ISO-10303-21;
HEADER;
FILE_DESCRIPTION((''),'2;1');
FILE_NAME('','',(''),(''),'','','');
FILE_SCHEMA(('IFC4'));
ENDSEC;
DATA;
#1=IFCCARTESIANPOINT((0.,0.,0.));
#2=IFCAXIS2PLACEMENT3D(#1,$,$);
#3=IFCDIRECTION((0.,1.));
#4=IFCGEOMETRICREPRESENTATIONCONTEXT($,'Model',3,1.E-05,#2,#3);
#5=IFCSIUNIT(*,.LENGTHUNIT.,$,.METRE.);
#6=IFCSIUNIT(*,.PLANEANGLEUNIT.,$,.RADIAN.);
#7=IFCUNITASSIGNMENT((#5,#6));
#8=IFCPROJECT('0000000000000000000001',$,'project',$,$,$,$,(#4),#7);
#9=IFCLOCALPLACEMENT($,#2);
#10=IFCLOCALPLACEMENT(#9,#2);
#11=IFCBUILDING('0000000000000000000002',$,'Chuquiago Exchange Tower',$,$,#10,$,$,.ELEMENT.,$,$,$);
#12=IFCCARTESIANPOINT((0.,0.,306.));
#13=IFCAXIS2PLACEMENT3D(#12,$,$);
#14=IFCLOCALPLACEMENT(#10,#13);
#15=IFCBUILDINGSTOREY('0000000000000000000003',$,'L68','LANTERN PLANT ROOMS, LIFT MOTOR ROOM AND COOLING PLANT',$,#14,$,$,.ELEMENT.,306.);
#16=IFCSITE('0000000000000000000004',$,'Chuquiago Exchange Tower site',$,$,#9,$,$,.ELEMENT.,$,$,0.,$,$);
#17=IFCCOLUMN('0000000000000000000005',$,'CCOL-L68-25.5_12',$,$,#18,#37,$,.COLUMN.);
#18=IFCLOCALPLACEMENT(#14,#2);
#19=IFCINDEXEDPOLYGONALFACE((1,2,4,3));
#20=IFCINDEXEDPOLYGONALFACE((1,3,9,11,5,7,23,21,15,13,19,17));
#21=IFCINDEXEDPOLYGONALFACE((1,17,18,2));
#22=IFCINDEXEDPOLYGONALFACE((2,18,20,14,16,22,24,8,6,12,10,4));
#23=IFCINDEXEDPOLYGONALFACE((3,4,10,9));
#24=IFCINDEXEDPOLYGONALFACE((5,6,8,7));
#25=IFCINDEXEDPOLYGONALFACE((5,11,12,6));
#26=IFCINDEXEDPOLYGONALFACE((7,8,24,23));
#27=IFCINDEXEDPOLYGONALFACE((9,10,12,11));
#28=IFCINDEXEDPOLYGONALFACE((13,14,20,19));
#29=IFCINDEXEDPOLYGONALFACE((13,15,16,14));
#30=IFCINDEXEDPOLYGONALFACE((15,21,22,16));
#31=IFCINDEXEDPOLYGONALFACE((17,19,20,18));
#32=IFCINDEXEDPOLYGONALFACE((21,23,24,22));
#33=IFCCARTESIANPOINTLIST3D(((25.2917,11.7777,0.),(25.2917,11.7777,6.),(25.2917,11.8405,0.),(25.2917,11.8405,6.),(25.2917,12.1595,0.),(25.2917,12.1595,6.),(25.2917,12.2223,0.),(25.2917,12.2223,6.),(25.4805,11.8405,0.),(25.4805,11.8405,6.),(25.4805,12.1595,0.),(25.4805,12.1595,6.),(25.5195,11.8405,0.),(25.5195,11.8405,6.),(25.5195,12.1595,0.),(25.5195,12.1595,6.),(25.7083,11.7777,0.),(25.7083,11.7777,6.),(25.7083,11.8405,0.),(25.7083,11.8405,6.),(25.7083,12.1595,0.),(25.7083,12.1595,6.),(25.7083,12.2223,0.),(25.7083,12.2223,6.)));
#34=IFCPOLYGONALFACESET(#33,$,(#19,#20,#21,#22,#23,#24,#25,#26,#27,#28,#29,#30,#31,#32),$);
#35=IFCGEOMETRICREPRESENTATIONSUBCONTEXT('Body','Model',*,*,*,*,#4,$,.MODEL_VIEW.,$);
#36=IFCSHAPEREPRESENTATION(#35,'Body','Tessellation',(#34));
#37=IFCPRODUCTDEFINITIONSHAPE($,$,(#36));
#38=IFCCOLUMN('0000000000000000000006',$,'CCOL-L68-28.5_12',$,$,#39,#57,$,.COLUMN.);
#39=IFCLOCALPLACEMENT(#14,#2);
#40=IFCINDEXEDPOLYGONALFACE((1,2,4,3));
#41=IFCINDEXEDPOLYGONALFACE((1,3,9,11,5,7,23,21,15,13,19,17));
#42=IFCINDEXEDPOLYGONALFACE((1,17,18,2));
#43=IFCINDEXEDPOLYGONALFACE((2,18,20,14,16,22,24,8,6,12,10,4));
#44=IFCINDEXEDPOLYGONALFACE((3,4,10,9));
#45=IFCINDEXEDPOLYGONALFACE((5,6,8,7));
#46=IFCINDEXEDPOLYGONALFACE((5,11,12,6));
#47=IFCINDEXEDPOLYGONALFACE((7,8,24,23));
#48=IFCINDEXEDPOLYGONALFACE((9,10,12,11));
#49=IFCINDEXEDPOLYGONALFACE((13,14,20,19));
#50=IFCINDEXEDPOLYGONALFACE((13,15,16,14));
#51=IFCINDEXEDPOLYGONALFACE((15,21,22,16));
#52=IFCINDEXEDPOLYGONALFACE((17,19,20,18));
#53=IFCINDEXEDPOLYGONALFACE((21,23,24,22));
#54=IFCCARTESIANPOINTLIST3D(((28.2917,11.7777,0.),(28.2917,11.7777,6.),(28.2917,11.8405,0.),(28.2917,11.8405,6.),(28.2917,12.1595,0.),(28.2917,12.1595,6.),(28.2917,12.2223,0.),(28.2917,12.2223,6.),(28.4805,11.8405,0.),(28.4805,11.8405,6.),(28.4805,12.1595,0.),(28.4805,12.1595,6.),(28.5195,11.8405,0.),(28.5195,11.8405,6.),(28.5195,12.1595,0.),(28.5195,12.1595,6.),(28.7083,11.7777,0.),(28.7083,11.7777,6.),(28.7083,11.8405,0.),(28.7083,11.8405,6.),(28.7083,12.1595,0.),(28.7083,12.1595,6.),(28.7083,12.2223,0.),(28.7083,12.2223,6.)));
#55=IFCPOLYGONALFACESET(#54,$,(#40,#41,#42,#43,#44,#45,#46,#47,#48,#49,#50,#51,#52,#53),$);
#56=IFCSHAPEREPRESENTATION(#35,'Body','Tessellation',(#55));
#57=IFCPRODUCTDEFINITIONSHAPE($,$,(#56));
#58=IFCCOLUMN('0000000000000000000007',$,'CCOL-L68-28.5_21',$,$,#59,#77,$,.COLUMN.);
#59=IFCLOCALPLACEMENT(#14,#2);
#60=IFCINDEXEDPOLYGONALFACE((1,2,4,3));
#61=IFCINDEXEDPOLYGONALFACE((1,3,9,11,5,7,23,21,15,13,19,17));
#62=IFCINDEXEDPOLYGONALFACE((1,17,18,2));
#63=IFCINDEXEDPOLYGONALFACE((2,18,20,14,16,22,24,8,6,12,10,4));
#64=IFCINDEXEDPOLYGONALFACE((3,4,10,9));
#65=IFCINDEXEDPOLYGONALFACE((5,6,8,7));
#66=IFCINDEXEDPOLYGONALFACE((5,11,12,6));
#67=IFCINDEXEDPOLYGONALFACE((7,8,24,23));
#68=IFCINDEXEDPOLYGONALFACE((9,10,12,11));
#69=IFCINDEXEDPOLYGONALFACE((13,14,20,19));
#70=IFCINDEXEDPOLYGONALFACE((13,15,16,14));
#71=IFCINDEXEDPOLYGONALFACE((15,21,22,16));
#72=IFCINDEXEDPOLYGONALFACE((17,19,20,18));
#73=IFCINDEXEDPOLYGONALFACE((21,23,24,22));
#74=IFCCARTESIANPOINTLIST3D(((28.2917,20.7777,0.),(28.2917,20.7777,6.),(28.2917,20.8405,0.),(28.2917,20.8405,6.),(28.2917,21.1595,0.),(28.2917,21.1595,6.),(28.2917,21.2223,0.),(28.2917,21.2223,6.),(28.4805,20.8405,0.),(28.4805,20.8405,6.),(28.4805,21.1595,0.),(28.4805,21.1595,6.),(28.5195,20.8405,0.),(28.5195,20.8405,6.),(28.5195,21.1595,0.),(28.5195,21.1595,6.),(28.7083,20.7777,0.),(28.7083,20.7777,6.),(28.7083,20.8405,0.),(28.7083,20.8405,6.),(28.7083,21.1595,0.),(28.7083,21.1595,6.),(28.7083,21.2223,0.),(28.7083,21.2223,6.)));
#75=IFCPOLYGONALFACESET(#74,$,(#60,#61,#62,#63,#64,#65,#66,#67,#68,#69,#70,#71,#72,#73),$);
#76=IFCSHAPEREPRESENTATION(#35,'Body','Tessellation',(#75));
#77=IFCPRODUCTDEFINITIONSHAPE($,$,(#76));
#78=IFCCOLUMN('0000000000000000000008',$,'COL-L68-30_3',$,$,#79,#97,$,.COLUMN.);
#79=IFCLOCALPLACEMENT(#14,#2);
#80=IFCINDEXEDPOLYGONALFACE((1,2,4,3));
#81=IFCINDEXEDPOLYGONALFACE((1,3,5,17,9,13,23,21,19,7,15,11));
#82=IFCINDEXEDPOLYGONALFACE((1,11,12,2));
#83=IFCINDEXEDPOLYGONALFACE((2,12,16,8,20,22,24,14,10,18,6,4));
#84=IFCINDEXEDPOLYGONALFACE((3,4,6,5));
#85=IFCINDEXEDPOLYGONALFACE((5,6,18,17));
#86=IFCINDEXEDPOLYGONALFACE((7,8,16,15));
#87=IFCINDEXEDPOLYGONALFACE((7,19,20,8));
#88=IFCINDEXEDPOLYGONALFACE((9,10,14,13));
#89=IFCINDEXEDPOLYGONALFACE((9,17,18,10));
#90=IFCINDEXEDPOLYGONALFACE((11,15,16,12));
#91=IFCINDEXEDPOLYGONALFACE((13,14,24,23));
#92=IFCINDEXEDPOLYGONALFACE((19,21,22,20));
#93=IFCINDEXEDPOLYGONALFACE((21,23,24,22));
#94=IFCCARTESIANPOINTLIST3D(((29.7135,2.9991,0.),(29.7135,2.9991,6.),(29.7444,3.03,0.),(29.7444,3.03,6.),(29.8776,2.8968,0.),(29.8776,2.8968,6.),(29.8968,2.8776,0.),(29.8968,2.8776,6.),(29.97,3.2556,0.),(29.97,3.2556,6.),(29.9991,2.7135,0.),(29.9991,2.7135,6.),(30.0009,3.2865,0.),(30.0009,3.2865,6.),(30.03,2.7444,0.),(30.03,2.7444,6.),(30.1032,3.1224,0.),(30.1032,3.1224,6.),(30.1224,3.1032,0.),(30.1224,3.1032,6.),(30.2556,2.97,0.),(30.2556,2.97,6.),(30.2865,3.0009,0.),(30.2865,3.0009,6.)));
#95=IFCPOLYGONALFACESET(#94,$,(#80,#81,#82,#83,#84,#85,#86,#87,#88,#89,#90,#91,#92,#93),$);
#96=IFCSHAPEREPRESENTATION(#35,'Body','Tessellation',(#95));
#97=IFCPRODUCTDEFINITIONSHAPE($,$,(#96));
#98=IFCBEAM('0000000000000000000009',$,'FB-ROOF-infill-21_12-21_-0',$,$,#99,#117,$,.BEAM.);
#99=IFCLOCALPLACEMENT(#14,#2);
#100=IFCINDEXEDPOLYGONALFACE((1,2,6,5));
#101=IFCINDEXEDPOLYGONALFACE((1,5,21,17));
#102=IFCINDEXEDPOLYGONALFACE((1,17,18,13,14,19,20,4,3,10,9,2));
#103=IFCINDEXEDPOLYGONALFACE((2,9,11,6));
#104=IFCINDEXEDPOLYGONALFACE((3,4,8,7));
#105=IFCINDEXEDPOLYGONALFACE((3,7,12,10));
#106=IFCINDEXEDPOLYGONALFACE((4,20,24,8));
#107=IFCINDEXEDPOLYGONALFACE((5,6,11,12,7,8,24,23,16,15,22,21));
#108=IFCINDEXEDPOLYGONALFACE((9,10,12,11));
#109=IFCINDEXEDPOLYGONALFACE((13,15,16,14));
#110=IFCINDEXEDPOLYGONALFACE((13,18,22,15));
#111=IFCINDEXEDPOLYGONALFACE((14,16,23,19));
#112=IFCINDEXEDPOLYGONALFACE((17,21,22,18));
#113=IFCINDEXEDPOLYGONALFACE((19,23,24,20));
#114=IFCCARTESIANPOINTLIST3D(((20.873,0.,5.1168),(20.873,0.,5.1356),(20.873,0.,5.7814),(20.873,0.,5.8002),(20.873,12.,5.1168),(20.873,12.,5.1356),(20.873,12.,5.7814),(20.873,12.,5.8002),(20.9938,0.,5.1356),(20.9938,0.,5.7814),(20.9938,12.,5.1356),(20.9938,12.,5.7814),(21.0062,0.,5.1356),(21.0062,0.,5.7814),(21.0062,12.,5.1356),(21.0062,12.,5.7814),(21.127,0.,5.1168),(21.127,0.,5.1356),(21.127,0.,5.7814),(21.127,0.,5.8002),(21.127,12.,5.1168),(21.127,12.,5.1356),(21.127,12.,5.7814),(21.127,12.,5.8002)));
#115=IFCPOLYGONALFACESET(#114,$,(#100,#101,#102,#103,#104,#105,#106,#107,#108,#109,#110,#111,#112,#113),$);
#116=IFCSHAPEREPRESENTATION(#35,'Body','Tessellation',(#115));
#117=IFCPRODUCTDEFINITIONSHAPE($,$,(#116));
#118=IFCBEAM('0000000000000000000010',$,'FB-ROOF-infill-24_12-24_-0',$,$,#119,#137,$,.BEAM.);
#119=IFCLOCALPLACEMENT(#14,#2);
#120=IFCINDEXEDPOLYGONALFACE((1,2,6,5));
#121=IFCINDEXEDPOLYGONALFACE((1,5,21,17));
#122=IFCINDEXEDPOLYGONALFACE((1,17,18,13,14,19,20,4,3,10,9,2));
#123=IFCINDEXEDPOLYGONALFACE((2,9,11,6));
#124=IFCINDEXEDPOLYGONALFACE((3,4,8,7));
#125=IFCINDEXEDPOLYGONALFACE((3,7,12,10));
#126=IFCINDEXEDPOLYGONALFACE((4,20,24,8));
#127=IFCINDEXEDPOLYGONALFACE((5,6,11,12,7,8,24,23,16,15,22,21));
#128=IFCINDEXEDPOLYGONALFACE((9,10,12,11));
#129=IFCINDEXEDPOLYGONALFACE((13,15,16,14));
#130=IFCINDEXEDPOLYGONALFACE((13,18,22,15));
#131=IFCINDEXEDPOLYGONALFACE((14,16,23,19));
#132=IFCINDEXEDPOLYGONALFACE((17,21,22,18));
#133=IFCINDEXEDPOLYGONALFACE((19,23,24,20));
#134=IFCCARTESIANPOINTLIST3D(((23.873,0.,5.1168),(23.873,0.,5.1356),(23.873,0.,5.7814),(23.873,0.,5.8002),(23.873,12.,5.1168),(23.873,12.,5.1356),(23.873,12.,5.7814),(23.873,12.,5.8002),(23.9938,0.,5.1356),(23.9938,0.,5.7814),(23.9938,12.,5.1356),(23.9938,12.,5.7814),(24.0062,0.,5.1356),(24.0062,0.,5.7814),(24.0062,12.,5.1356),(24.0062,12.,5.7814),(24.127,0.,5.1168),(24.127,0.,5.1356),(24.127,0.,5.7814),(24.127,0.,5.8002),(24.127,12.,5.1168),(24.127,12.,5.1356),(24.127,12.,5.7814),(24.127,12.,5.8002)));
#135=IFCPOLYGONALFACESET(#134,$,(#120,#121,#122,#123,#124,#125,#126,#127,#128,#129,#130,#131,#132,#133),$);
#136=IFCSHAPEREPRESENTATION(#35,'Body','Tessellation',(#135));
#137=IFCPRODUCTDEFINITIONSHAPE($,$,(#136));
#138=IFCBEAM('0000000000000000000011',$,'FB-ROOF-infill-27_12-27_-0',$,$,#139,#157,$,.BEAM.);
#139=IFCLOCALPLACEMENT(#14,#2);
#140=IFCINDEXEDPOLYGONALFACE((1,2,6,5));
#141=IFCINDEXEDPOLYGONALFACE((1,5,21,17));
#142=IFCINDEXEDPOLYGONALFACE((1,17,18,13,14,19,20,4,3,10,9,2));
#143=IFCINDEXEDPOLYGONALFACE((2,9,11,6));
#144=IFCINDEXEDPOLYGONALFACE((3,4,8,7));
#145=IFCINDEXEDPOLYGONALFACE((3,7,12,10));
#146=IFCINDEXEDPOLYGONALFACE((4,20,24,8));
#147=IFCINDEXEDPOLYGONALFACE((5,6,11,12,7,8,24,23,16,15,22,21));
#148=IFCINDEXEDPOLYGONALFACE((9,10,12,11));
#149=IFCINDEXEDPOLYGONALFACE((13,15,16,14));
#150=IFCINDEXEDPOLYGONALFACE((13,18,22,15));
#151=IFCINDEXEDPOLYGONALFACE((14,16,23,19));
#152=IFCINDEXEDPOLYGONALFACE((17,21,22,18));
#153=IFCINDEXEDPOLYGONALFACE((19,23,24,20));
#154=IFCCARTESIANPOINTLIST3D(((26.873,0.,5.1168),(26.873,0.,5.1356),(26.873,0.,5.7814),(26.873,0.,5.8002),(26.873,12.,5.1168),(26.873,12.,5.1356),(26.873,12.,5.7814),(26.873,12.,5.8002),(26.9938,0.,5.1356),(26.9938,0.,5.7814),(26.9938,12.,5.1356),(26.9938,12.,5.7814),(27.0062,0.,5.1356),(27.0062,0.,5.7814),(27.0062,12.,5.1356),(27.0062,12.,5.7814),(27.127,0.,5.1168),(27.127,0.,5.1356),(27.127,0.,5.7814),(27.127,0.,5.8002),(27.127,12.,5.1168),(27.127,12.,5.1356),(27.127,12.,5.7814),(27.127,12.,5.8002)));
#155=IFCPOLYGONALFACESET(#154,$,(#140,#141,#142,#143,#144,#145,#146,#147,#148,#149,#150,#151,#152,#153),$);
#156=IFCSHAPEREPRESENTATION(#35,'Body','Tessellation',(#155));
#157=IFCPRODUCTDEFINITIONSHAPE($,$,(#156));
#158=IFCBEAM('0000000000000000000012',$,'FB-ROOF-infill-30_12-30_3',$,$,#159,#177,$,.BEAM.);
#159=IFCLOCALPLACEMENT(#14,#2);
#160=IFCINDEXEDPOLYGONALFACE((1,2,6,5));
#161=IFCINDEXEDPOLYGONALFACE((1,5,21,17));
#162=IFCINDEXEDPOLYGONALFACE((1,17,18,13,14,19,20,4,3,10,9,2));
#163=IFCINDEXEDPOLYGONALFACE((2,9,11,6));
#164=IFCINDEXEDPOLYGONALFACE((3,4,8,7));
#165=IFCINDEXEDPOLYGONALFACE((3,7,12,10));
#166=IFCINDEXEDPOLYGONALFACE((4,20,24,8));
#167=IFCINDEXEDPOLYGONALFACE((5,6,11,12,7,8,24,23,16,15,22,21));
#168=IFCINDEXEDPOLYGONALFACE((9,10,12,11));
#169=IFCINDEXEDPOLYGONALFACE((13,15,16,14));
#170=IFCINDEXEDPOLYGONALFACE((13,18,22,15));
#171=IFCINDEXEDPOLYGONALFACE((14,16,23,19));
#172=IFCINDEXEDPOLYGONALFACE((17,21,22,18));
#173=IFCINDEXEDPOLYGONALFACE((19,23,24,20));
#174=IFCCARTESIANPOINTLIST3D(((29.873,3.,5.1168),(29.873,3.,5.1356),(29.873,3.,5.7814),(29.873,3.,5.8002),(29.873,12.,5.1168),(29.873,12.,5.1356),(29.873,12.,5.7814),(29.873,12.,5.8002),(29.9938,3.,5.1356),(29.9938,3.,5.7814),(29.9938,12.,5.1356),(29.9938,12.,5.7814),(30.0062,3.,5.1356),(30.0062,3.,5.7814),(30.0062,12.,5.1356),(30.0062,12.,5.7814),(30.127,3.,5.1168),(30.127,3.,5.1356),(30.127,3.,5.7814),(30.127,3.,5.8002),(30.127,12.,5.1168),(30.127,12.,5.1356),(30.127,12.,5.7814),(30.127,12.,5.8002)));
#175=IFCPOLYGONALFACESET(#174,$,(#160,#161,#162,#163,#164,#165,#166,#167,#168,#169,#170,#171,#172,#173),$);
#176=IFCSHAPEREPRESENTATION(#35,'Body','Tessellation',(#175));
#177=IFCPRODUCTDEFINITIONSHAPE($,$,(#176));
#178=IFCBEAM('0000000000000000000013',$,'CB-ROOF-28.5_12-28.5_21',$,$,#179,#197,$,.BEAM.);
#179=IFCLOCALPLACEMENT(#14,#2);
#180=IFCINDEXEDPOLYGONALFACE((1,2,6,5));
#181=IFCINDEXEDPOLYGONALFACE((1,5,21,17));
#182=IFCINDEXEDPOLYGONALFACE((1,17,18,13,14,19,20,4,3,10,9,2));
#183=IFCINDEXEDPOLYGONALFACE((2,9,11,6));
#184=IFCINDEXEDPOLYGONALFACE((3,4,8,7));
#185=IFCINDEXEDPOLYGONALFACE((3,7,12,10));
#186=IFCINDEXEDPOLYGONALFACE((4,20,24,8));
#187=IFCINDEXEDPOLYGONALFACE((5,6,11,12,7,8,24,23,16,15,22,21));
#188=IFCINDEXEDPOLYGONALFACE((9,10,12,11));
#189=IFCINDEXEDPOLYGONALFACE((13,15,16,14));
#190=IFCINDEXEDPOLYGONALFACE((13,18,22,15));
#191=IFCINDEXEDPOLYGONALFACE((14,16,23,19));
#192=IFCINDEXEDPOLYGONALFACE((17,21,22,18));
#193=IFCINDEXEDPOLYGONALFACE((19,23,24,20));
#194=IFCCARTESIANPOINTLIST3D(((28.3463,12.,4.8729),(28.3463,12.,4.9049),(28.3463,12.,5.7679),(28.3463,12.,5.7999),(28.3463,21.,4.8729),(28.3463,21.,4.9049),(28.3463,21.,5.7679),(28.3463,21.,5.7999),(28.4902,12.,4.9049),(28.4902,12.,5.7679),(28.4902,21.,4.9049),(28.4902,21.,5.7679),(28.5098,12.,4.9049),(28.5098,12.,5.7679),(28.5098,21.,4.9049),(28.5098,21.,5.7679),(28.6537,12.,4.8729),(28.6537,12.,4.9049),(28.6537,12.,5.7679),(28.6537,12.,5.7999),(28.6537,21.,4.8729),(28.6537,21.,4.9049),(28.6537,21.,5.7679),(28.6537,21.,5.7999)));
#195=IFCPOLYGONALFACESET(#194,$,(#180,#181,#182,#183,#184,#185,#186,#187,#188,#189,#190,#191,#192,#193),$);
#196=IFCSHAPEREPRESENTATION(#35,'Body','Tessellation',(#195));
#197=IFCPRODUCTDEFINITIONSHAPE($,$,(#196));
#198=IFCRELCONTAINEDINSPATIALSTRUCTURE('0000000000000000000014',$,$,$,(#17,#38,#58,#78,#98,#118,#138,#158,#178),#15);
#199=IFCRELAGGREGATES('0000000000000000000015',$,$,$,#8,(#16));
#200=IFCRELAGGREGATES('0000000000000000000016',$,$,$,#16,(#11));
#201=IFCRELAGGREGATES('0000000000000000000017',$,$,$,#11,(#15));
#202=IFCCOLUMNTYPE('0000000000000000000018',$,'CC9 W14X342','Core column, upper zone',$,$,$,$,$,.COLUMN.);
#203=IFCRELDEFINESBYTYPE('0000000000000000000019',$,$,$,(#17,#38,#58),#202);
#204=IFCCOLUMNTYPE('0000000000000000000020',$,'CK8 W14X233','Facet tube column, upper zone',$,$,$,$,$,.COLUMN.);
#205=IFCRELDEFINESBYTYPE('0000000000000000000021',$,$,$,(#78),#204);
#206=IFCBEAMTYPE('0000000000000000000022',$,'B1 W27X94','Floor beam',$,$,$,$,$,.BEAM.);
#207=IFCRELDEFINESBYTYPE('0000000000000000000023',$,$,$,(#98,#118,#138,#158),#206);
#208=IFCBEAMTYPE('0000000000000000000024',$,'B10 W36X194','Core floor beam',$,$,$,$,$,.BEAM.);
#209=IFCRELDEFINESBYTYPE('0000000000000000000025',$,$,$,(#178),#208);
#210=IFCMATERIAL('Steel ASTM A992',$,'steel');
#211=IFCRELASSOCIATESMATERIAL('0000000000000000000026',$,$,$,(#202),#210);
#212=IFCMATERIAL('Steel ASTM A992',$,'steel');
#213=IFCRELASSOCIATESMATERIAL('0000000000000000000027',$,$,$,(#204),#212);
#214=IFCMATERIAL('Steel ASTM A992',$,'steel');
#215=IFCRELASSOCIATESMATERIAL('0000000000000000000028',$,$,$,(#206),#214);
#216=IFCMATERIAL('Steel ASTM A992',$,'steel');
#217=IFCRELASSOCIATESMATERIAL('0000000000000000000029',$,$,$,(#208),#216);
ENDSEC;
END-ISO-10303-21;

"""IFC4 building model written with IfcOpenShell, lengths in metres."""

from ifc_helpers import new_model, si_unit, direction, frame, origin, origin_2d, place, context, subcontext, project, spatial, i_section, extrude, material, material_profile, profile_set, type_object, element, save


model = new_model("IFC4")

# Units and contexts
model_context = context("Model", 3, precision=1e-05, world=origin(), true_north=direction((0.0, 1.0)))
body_context = subcontext(model_context, "Body", "Model", "MODEL_VIEW")
ifc_project = project(units=[si_unit("LENGTHUNIT", "METRE"), si_unit("PLANEANGLEUNIT", "RADIAN")], contexts=[model_context])

# Site, building, storey
site_placement = place(None, origin())
site = spatial("IfcSite", under=ifc_project, at=site_placement, Name="Chuquiago Exchange Tower site", CompositionType="ELEMENT", RefElevation=0.0)
building_placement = place(site_placement, origin())
building = spatial("IfcBuilding", under=site, at=building_placement, Name="Chuquiago Exchange Tower", CompositionType="ELEMENT")
storey_placement = place(building_placement, frame((0.0, 0.0, 306.0)))
storey = spatial("IfcBuildingStorey", under=building, at=storey_placement, Name="L68", Description="LANTERN PLANT ROOMS, LIFT MOTOR ROOM AND COOLING PLANT", CompositionType="ELEMENT", Elevation=306.0)

# Columns
ifc_material_1 = material(Name="Steel ASTM A992", Category="steel")
ifc_material_profile_1 = material_profile(ifc_material_1, i_section(OverallWidth=0.4165, OverallDepth=0.4446, WebThickness=0.0391, FlangeThickness=0.0627, at=origin_2d()), Name="W14X342")
ifc_profile_set_1 = profile_set([ifc_material_profile_1], Name="Steel ASTM A992")
column_type_1 = type_object("IfcColumnType", Name="CC9 W14X342", Description="Core column, upper zone", PredefinedType="COLUMN", material=ifc_profile_set_1)
for number, where, z_axis, x_axis, name in (
    (1, (25.5, 12.0, 0.0), (0.0, 0.0, 1.0), (1.0, 0.0, 0.0), "CCOL-L68-25.5_12"),
    (2, (28.5, 12.0, 0.0), (0.0, 0.0, 1.0), (1.0, 0.0, 0.0), "CCOL-L68-28.5_12"),
    (3, (28.5, 21.0, 0.0), (0.0, 0.0, 1.0), (1.0, 0.0, 0.0), "CCOL-L68-28.5_21"),
):
    element("IfcColumn", number, at=place(storey_placement, frame(where, z_axis=z_axis, x_axis=x_axis)), inside=storey, type_object=column_type_1, Name=name, PredefinedType="COLUMN", context=body_context, shape_type="SweptSolid", body=[
        extrude(i_section(OverallWidth=0.4165, OverallDepth=0.4446, WebThickness=0.0391, FlangeThickness=0.0627, at=origin_2d()), origin(), (0.0, 0.0, 1.0), 6.0),
    ])
ifc_material_2 = material(Name="Steel ASTM A992", Category="steel")
ifc_material_profile_2 = material_profile(ifc_material_2, i_section(OverallWidth=0.4038, OverallDepth=0.4065, WebThickness=0.0271, FlangeThickness=0.0437, at=origin_2d()), Name="W14X233")
ifc_profile_set_2 = profile_set([ifc_material_profile_2], Name="Steel ASTM A992")
column_type_2 = type_object("IfcColumnType", Name="CK8 W14X233", Description="Facet tube column, upper zone", PredefinedType="COLUMN", material=ifc_profile_set_2)
column_placement = place(storey_placement, frame((30.0, 3.0, 0.0), z_axis=(0.0, 0.0, 1.0), x_axis=(0.707107, -0.707107, 0.0)))
element("IfcColumn", 4, at=column_placement, inside=storey, type_object=column_type_2, Name="COL-L68-30_3", PredefinedType="COLUMN", context=body_context, shape_type="SweptSolid", body=[
    extrude(i_section(OverallWidth=0.4038, OverallDepth=0.4065, WebThickness=0.0271, FlangeThickness=0.0437, at=origin_2d()), origin(), (0.0, 0.0, 1.0), 6.0),
])

# Beams
ifc_material_3 = material(Name="Steel ASTM A992", Category="steel")
ifc_material_profile_3 = material_profile(ifc_material_3, i_section(OverallWidth=0.2539, OverallDepth=0.6833, WebThickness=0.0125, FlangeThickness=0.0188, at=origin_2d()), Name="W27X94")
ifc_profile_set_3 = profile_set([ifc_material_profile_3], Name="Steel ASTM A992")
beam_type_1 = type_object("IfcBeamType", Name="B1 W27X94", Description="Floor beam", PredefinedType="BEAM", material=ifc_profile_set_3)
for number, where, z_axis, x_axis, name in (
    (5, (21.0, 12.0, 5.4585), (0.0, -1.0, 0.0), (1.0, 0.0, 0.0), "FB-ROOF-infill-21_12-21_-0"),
    (6, (24.0, 12.0, 5.4585), (0.0, -1.0, 0.0), (1.0, 0.0, 0.0), "FB-ROOF-infill-24_12-24_-0"),
    (7, (27.0, 12.0, 5.4585), (0.0, -1.0, 0.0), (1.0, 0.0, 0.0), "FB-ROOF-infill-27_12-27_-0"),
):
    element("IfcBeam", number, at=place(storey_placement, frame(where, z_axis=z_axis, x_axis=x_axis)), inside=storey, type_object=beam_type_1, Name=name, PredefinedType="BEAM", context=body_context, shape_type="SweptSolid", body=[
        extrude(i_section(OverallWidth=0.2539, OverallDepth=0.6833, WebThickness=0.0125, FlangeThickness=0.0188, at=origin_2d()), origin(), (0.0, 0.0, 1.0), 12.0),
    ])
beam_1_placement = place(storey_placement, frame((30.0, 12.0, 5.4585), z_axis=(0.0, -1.0, 0.0), x_axis=(1.0, 0.0, 0.0)))
element("IfcBeam", 8, at=beam_1_placement, inside=storey, type_object=beam_type_1, Name="FB-ROOF-infill-30_12-30_3", PredefinedType="BEAM", context=body_context, shape_type="SweptSolid", body=[
    extrude(i_section(OverallWidth=0.2539, OverallDepth=0.6833, WebThickness=0.0125, FlangeThickness=0.0188, at=origin_2d()), origin(), (0.0, 0.0, 1.0), 9.0),
])
ifc_material_4 = material(Name="Steel ASTM A992", Category="steel")
ifc_material_profile_4 = material_profile(ifc_material_4, i_section(OverallWidth=0.3074, OverallDepth=0.927, WebThickness=0.0195, FlangeThickness=0.032, at=origin_2d()), Name="W36X194")
ifc_profile_set_4 = profile_set([ifc_material_profile_4], Name="Steel ASTM A992")
beam_type_2 = type_object("IfcBeamType", Name="B10 W36X194", Description="Core floor beam", PredefinedType="BEAM", material=ifc_profile_set_4)
beam_2_placement = place(storey_placement, frame((28.5, 12.0, 5.3364), z_axis=(0.0, 1.0, 0.0), x_axis=(-1.0, 0.0, 0.0)))
element("IfcBeam", 9, at=beam_2_placement, inside=storey, type_object=beam_type_2, Name="CB-ROOF-28.5_12-28.5_21", PredefinedType="BEAM", context=body_context, shape_type="SweptSolid", body=[
    extrude(i_section(OverallWidth=0.3074, OverallDepth=0.927, WebThickness=0.0195, FlangeThickness=0.032, at=origin_2d()), origin(), (0.0, 0.0, 1.0), 9.0),
])

save(model, "model.ifc")
